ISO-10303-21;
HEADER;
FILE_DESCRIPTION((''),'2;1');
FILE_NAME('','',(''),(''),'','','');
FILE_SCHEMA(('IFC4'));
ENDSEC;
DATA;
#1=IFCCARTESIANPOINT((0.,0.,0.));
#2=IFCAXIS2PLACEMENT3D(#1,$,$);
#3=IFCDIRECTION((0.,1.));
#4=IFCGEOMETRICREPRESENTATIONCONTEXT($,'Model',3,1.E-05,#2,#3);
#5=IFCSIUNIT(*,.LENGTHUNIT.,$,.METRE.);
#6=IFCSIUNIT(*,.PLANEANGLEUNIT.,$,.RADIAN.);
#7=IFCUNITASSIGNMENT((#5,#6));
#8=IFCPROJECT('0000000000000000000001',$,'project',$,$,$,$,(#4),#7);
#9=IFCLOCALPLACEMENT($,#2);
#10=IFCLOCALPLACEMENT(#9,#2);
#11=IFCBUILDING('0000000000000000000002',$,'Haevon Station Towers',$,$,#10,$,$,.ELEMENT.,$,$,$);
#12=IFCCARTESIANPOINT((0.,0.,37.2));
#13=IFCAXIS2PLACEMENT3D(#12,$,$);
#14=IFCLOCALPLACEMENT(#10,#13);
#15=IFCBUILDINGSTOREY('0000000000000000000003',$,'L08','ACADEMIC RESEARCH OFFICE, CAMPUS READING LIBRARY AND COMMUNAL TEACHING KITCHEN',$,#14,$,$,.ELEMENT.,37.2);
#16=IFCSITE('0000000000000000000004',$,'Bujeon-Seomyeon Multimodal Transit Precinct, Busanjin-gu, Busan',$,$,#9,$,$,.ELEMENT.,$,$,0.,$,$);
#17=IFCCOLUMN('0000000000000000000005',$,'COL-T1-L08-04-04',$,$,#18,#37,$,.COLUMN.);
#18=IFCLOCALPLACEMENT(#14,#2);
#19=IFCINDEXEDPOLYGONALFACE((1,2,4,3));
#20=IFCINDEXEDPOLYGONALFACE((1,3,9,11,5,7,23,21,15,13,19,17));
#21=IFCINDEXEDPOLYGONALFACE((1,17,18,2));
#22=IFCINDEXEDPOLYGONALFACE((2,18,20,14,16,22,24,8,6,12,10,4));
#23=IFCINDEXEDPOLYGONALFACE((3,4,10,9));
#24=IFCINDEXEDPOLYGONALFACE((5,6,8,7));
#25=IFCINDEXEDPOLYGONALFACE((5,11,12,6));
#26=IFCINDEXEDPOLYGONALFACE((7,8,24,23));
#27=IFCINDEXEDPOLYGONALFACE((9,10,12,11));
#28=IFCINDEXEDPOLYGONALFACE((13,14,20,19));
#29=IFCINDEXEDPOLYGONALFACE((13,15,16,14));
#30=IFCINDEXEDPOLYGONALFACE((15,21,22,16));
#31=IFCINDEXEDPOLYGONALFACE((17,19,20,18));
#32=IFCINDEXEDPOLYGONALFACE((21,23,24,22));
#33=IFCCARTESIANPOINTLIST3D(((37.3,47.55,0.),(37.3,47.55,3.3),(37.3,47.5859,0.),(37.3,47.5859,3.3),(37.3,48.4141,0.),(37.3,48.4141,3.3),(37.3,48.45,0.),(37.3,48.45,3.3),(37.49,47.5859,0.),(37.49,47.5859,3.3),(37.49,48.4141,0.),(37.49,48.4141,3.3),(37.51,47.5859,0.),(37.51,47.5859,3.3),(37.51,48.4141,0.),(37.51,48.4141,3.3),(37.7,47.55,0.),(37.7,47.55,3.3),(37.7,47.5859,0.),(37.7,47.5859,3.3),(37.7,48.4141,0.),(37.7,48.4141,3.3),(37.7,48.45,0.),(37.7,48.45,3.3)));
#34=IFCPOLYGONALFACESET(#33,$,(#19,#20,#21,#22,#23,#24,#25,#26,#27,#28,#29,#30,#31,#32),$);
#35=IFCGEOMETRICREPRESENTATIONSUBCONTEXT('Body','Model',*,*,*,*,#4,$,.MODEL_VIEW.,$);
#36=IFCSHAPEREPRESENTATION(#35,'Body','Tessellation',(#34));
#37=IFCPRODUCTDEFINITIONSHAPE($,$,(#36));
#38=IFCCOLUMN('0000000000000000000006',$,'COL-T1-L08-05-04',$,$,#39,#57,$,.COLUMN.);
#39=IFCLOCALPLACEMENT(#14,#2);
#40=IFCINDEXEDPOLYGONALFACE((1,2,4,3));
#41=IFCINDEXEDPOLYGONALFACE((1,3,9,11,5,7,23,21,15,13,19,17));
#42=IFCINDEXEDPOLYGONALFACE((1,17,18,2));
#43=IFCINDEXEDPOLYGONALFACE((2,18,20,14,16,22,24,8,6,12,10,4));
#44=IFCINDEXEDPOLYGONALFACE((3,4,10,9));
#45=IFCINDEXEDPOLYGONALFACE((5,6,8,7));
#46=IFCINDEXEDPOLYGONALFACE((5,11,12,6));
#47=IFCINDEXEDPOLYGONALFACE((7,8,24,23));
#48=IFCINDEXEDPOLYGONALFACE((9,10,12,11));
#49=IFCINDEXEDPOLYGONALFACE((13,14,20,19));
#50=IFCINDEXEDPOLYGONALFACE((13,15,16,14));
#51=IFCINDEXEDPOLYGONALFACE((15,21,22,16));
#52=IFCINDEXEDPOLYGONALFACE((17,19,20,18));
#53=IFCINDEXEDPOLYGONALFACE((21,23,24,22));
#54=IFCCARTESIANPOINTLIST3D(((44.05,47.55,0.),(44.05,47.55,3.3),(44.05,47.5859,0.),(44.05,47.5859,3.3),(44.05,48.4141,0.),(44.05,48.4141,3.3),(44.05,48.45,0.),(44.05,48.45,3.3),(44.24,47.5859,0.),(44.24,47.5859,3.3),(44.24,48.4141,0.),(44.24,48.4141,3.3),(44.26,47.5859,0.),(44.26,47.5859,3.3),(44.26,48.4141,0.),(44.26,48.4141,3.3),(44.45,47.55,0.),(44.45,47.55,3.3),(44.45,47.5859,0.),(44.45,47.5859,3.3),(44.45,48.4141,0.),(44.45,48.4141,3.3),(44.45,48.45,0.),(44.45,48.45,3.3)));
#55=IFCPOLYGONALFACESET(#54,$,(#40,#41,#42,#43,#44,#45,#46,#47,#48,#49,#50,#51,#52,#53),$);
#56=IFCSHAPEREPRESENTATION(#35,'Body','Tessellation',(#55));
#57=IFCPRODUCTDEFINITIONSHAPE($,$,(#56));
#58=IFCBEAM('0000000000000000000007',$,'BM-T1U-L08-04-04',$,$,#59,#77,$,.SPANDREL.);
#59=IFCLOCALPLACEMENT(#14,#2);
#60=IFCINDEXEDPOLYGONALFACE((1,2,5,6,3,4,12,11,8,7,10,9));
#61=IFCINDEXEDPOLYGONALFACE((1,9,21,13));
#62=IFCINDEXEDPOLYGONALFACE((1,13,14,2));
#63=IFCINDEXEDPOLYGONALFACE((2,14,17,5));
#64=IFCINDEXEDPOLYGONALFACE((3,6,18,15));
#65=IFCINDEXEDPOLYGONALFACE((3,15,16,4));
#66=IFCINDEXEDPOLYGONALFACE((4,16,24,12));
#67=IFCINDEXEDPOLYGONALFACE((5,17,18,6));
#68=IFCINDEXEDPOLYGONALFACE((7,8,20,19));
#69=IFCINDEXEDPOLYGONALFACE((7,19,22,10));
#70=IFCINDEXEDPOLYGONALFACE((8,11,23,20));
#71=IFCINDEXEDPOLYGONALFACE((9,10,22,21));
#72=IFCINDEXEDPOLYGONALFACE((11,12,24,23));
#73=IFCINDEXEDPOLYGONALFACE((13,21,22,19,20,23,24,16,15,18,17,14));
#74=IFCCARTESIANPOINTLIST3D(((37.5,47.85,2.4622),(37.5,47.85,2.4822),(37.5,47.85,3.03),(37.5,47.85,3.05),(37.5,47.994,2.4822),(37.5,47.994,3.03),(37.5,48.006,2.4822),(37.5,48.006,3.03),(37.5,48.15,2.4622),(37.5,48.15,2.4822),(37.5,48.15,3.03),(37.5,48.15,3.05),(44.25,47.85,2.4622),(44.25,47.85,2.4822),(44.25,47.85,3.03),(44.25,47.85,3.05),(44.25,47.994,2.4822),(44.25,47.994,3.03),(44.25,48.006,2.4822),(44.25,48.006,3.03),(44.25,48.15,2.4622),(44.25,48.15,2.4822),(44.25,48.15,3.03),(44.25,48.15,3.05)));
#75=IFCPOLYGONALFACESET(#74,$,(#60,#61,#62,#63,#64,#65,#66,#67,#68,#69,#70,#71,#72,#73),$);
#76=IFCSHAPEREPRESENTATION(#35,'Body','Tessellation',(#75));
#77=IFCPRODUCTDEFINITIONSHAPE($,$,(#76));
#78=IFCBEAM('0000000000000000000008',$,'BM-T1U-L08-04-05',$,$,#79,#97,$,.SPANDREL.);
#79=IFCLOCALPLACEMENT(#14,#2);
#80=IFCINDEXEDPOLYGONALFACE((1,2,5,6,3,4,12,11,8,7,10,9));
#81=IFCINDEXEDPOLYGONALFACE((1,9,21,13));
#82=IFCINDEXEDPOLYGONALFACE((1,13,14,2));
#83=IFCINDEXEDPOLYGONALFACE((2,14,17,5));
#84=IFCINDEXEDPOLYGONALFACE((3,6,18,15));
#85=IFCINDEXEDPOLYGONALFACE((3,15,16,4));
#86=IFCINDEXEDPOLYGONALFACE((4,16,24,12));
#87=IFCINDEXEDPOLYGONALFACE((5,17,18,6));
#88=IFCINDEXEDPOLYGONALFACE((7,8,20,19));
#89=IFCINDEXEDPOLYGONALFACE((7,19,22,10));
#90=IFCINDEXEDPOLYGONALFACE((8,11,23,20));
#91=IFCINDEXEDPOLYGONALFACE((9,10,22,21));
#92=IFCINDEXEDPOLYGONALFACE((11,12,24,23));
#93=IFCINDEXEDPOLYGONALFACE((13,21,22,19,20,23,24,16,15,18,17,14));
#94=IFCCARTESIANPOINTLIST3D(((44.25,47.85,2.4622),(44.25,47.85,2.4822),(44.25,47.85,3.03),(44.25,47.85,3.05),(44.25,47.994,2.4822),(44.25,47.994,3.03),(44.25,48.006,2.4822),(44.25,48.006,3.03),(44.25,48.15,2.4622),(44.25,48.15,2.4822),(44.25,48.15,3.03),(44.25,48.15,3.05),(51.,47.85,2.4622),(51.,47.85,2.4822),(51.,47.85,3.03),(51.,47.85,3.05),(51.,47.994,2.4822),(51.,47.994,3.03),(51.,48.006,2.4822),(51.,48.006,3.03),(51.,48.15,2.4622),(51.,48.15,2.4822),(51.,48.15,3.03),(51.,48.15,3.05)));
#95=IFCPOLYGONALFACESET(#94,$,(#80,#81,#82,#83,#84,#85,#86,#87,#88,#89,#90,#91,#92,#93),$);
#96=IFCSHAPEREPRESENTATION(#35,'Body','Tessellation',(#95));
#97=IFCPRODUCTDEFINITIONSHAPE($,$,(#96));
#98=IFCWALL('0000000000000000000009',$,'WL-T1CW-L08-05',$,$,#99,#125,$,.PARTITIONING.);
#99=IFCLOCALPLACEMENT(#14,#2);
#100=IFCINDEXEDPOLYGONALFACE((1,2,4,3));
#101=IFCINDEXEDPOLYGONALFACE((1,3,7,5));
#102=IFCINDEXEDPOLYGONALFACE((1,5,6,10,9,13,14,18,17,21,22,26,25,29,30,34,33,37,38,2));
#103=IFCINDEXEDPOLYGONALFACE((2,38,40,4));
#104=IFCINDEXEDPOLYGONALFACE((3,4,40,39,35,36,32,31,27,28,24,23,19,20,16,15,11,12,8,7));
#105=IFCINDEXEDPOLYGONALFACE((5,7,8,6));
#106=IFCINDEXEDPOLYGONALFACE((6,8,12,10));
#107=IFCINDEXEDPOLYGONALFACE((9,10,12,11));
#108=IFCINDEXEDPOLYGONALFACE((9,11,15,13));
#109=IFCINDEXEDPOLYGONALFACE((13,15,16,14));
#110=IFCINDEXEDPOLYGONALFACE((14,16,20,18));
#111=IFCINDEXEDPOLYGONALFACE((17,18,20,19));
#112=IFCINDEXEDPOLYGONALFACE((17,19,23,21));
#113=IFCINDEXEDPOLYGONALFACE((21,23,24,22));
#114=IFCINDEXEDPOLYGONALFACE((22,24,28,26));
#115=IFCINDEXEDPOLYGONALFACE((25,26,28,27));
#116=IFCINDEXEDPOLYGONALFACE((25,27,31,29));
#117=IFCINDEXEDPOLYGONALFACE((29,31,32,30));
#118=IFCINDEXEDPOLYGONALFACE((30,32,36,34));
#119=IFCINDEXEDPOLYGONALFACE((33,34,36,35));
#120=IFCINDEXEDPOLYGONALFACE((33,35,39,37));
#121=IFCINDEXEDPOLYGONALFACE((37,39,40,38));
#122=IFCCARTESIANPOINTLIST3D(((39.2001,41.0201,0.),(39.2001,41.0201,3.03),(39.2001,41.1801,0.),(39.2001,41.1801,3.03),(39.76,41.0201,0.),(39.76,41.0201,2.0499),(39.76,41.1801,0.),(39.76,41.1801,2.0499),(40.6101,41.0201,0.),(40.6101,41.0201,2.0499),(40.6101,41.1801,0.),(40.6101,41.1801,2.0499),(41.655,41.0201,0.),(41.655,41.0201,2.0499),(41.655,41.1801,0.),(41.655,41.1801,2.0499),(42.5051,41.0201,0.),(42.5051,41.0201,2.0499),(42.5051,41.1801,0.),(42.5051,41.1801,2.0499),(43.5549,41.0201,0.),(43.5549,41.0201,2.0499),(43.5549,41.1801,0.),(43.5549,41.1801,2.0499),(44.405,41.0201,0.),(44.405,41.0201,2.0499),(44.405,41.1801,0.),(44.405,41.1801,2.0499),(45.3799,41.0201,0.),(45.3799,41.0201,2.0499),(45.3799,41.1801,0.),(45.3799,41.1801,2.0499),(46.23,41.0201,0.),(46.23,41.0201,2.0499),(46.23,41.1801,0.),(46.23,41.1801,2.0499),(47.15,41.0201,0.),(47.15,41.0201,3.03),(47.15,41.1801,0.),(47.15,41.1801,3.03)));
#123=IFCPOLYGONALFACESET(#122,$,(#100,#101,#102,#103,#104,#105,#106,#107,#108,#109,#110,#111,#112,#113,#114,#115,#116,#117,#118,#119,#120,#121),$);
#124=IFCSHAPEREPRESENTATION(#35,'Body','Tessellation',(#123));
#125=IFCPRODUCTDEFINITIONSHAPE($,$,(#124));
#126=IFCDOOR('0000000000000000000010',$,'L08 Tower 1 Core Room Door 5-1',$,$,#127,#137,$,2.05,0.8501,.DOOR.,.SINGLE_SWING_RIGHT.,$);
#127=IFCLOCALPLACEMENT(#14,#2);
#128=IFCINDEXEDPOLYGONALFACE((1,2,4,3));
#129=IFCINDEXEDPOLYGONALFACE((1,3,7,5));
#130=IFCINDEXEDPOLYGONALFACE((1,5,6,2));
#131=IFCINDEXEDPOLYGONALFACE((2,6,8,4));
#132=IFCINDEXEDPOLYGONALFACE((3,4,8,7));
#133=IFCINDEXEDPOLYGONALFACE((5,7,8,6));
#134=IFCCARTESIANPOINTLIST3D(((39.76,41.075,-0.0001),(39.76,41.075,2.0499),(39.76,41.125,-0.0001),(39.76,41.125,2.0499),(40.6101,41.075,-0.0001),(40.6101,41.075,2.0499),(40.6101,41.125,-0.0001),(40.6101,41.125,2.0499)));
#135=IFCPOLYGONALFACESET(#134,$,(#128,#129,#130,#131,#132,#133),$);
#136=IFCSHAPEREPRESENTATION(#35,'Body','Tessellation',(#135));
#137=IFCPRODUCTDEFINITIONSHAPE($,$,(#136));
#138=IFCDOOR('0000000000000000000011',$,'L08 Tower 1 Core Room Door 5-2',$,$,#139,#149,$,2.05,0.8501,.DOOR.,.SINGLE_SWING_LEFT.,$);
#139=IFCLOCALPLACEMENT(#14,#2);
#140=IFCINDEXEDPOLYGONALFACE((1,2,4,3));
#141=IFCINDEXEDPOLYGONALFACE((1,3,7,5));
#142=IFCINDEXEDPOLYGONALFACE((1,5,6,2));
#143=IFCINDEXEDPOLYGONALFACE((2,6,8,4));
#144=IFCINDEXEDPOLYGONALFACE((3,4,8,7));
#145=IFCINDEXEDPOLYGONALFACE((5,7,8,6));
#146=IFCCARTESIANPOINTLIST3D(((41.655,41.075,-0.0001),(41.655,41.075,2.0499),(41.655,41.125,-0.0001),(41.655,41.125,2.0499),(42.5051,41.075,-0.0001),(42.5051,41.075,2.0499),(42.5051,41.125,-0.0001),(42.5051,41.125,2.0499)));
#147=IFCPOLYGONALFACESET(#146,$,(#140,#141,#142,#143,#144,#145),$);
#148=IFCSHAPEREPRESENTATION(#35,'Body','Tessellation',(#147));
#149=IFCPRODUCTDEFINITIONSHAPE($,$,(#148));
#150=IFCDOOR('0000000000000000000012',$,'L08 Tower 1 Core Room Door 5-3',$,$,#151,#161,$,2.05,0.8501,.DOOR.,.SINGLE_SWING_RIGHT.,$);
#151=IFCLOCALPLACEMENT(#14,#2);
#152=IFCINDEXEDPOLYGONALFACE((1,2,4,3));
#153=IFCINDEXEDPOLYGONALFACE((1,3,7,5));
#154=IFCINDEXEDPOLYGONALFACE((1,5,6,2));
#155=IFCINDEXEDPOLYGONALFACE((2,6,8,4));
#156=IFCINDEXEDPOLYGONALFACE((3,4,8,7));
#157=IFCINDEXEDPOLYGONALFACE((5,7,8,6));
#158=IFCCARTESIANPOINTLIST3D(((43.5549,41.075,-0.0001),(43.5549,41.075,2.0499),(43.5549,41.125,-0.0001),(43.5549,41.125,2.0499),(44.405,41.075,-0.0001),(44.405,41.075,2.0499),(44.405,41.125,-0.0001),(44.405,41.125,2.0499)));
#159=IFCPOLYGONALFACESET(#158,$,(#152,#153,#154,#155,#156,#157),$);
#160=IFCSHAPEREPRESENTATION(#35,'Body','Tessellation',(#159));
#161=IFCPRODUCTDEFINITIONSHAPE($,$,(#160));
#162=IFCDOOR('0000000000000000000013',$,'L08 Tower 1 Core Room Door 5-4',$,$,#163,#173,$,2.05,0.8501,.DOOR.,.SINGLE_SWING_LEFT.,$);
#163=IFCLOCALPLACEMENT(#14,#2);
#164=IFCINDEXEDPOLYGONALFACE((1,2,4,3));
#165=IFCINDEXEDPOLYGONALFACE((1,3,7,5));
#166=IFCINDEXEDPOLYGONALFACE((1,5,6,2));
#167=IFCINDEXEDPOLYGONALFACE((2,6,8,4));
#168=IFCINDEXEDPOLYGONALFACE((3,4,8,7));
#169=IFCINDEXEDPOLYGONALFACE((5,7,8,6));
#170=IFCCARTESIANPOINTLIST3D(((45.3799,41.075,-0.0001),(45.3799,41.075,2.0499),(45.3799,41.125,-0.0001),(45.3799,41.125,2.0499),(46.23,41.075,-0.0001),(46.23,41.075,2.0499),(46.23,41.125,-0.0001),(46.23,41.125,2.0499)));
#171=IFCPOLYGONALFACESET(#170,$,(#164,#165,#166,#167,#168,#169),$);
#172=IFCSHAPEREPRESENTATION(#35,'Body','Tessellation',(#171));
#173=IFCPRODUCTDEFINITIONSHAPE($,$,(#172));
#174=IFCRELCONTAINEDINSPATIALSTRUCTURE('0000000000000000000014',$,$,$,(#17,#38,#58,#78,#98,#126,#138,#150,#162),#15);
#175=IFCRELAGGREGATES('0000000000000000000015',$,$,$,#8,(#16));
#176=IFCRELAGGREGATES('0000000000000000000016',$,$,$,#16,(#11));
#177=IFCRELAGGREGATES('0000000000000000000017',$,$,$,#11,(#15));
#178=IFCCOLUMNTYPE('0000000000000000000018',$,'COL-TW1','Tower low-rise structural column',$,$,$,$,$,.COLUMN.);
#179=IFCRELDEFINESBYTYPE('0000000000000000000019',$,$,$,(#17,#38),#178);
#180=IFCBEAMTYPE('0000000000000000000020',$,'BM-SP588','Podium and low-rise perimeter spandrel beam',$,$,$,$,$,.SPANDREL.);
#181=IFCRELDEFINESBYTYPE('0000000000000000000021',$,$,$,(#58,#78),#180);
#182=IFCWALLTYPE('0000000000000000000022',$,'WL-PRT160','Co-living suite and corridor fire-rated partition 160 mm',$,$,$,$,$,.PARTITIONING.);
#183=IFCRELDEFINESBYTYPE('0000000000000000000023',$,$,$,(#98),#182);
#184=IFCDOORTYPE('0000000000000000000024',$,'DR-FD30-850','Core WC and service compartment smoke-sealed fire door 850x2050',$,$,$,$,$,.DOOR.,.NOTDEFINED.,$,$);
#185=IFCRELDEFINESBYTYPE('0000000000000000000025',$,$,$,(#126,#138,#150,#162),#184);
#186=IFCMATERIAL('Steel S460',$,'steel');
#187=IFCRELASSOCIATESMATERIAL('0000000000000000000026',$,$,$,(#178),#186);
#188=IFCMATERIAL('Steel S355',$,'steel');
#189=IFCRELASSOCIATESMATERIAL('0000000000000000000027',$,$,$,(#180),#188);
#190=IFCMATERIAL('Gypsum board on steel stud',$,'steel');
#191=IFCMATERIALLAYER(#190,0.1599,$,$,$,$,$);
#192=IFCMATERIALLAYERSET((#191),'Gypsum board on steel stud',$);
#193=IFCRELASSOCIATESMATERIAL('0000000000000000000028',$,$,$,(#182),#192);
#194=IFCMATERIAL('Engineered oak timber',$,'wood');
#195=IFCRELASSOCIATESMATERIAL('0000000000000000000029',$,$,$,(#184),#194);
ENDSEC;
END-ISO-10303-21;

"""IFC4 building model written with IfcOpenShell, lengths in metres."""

from ifc_helpers import new_model, si_unit, direction, frame, frame_2d, origin, origin_2d, place, context, subcontext, project, spatial, rectangle, i_section, extrude, material, layer, layer_set, material_profile, profile_set, type_object, element, fill, save


model = new_model("IFC4")

# Units and contexts
model_context = context("Model", 3, precision=1e-05, world=origin(), true_north=direction((0.0, 1.0)))
body_context = subcontext(model_context, "Body", "Model", "MODEL_VIEW")
ifc_project = project(units=[si_unit("LENGTHUNIT", "METRE"), si_unit("PLANEANGLEUNIT", "RADIAN")], contexts=[model_context])

# Site, building, storey
site_placement = place(None, origin())
site = spatial("IfcSite", under=ifc_project, at=site_placement, Name="Bujeon-Seomyeon Multimodal Transit Precinct, Busanjin-gu, Busan", CompositionType="ELEMENT", RefElevation=0.0)
building_placement = place(site_placement, origin())
building = spatial("IfcBuilding", under=site, at=building_placement, Name="Haevon Station Towers", CompositionType="ELEMENT")
storey_placement = place(building_placement, frame((0.0, 0.0, 37.2)))
storey = spatial("IfcBuildingStorey", under=building, at=storey_placement, Name="L08", Description="ACADEMIC RESEARCH OFFICE, CAMPUS READING LIBRARY AND COMMUNAL TEACHING KITCHEN", CompositionType="ELEMENT", Elevation=37.2)

# Columns
ifc_material_1 = material(Name="Steel S460", Category="steel")
ifc_material_profile_1 = material_profile(ifc_material_1, i_section(OverallWidth=0.3999, OverallDepth=0.8999, WebThickness=0.02, FlangeThickness=0.0359, at=origin_2d()), Name="H-900x400x20x36")
ifc_profile_set_1 = profile_set([ifc_material_profile_1], Name="Steel S460")
column_type = type_object("IfcColumnType", Name="COL-TW1", Description="Tower low-rise structural column", PredefinedType="COLUMN", material=ifc_profile_set_1)
for number, where, z_axis, x_axis, name in (
    (1, (37.5, 48.0, 0.0), (0.0, 0.0, 1.0), (1.0, 0.0, 0.0), "COL-T1-L08-04-04"),
    (2, (44.25, 48.0, 0.0), (0.0, 0.0, 1.0), (1.0, 0.0, 0.0), "COL-T1-L08-05-04"),
):
    element("IfcColumn", number, at=place(storey_placement, frame(where, z_axis=z_axis, x_axis=x_axis)), inside=storey, type_object=column_type, Name=name, PredefinedType="COLUMN", context=body_context, shape_type="SweptSolid", body=[
        extrude(i_section(OverallWidth=0.3999, OverallDepth=0.8999, WebThickness=0.02, FlangeThickness=0.0359, at=origin_2d()), origin(), (0.0, 0.0, 1.0), 3.3),
    ])

# Beams
ifc_material_2 = material(Name="Steel S355", Category="steel")
ifc_material_profile_2 = material_profile(ifc_material_2, i_section(OverallWidth=0.3, OverallDepth=0.5879, WebThickness=0.012, FlangeThickness=0.02, at=origin_2d()), Name="H-588x300x12x20")
ifc_profile_set_2 = profile_set([ifc_material_profile_2], Name="Steel S355")
beam_type = type_object("IfcBeamType", Name="BM-SP588", Description="Podium and low-rise perimeter spandrel beam", PredefinedType="SPANDREL", material=ifc_profile_set_2)
for number, where, z_axis, x_axis, name in (
    (3, (37.5, 48.0, 2.7561), (1.0, 0.0, 0.0), (0.0, 1.0, 0.0), "BM-T1U-L08-04-04"),
    (4, (44.25, 48.0, 2.7561), (1.0, 0.0, 0.0), (0.0, 1.0, 0.0), "BM-T1U-L08-04-05"),
):
    element("IfcBeam", number, at=place(storey_placement, frame(where, z_axis=z_axis, x_axis=x_axis)), inside=storey, type_object=beam_type, Name=name, PredefinedType="SPANDREL", context=body_context, shape_type="SweptSolid", body=[
        extrude(i_section(OverallWidth=0.3, OverallDepth=0.5879, WebThickness=0.012, FlangeThickness=0.02, at=origin_2d()), origin(), (0.0, 0.0, 1.0), 6.75),
    ])

# Wall, openings, doors
ifc_material_3 = material(Name="Gypsum board on steel stud", Category="steel")
ifc_layer_1 = layer(ifc_material_3, 0.1599)
ifc_layer_set_1 = layer_set([ifc_layer_1], Name="Gypsum board on steel stud")
wall_type_1 = type_object("IfcWallType", Name="WL-PRT160", Description="Co-living suite and corridor fire-rated partition 160 mm", PredefinedType="PARTITIONING", material=ifc_layer_set_1)
wall_1_placement = place(storey_placement, frame((39.2, 41.1001, 0.0), z_axis=(0.0, 0.0, 1.0), x_axis=(1.0, 0.0, 0.0)))
wall_1 = element("IfcWall", 5, at=wall_1_placement, inside=storey, type_object=wall_type_1, Name="WL-T1CW-L08-05", PredefinedType="PARTITIONING", context=body_context, shape_type="SweptSolid", body=[
    extrude(rectangle(XDim=7.95, YDim=0.1599, at=frame_2d((3.9751, 0.0))), origin(), (0.0, 0.0, 1.0), 3.03),
])
opening_1_placement = place(wall_1_placement, frame((0.5601, 0.0, 0.0)))
opening_1 = element("IfcOpeningElement", 6, at=opening_1_placement, cuts=wall_1, PredefinedType="OPENING", context=body_context, shape_type="SweptSolid", body=[
    extrude(rectangle(XDim=0.8501, YDim=2.05, at=frame_2d((0.425, 1.0249))), frame((0.0, 0.0898, 0.0), z_axis=(0.0, -1.0, 0.0), x_axis=(1.0, 0.0, 0.0)), (0.0, 0.0, 1.0), 0.1799),
])
opening_2_placement = place(wall_1_placement, frame((2.4551, 0.0, 0.0)))
opening_2 = element("IfcOpeningElement", 7, at=opening_2_placement, cuts=wall_1, PredefinedType="OPENING", context=body_context, shape_type="SweptSolid", body=[
    extrude(rectangle(XDim=0.8501, YDim=2.05, at=frame_2d((0.425, 1.0249))), frame((0.0, 0.0898, 0.0), z_axis=(0.0, -1.0, 0.0), x_axis=(1.0, 0.0, 0.0)), (0.0, 0.0, 1.0), 0.1799),
])
opening_3_placement = place(wall_1_placement, frame((4.355, 0.0, 0.0)))
opening_3 = element("IfcOpeningElement", 8, at=opening_3_placement, cuts=wall_1, PredefinedType="OPENING", context=body_context, shape_type="SweptSolid", body=[
    extrude(rectangle(XDim=0.8501, YDim=2.05, at=frame_2d((0.425, 1.0249))), frame((0.0, 0.0898, 0.0), z_axis=(0.0, -1.0, 0.0), x_axis=(1.0, 0.0, 0.0)), (0.0, 0.0, 1.0), 0.1799),
])
opening_4_placement = place(wall_1_placement, frame((6.1799, 0.0, 0.0)))
opening_4 = element("IfcOpeningElement", 9, at=opening_4_placement, cuts=wall_1, PredefinedType="OPENING", context=body_context, shape_type="SweptSolid", body=[
    extrude(rectangle(XDim=0.8501, YDim=2.05, at=frame_2d((0.425, 1.0249))), frame((0.0, 0.0898, 0.0), z_axis=(0.0, -1.0, 0.0), x_axis=(1.0, 0.0, 0.0)), (0.0, 0.0, 1.0), 0.1799),
])
ifc_material_4 = material(Name="Engineered oak timber", Category="wood")
door_type_1 = type_object("IfcDoorType", Name="DR-FD30-850", Description="Core WC and service compartment smoke-sealed fire door 850x2050", OperationType="NOTDEFINED", PredefinedType="DOOR", material=ifc_material_4)
door_1_placement = place(opening_1_placement, origin())
door_1 = element("IfcDoor", 10, at=door_1_placement, inside=storey, type_object=door_type_1, Name="L08 Tower 1 Core Room Door 5-1", OperationType="SINGLE_SWING_RIGHT", OverallHeight=2.05, OverallWidth=0.8501, PredefinedType="DOOR", context=body_context, shape_type="SweptSolid", body=[
    extrude(rectangle(XDim=0.8501, YDim=2.05, at=frame_2d((0.425, 1.0249))), frame((0.0, 0.0249, 0.0), z_axis=(0.0, -1.0, 0.0), x_axis=(1.0, 0.0, 0.0)), (0.0, 0.0, 1.0), 0.05),
])
fill(opening_1, door_1)
door_2_placement = place(opening_2_placement, origin())
door_2 = element("IfcDoor", 11, at=door_2_placement, inside=storey, type_object=door_type_1, Name="L08 Tower 1 Core Room Door 5-2", OperationType="SINGLE_SWING_LEFT", OverallHeight=2.05, OverallWidth=0.8501, PredefinedType="DOOR", context=body_context, shape_type="SweptSolid", body=[
    extrude(rectangle(XDim=0.8501, YDim=2.05, at=frame_2d((0.425, 1.0249))), frame((0.0, 0.0249, 0.0), z_axis=(0.0, -1.0, 0.0), x_axis=(1.0, 0.0, 0.0)), (0.0, 0.0, 1.0), 0.05),
])
fill(opening_2, door_2)
door_3_placement = place(opening_3_placement, origin())
door_3 = element("IfcDoor", 12, at=door_3_placement, inside=storey, type_object=door_type_1, Name="L08 Tower 1 Core Room Door 5-3", OperationType="SINGLE_SWING_RIGHT", OverallHeight=2.05, OverallWidth=0.8501, PredefinedType="DOOR", context=body_context, shape_type="SweptSolid", body=[
    extrude(rectangle(XDim=0.8501, YDim=2.05, at=frame_2d((0.425, 1.0249))), frame((0.0, 0.0249, 0.0), z_axis=(0.0, -1.0, 0.0), x_axis=(1.0, 0.0, 0.0)), (0.0, 0.0, 1.0), 0.05),
])
fill(opening_3, door_3)
door_4_placement = place(opening_4_placement, origin())
door_4 = element("IfcDoor", 13, at=door_4_placement, inside=storey, type_object=door_type_1, Name="L08 Tower 1 Core Room Door 5-4", OperationType="SINGLE_SWING_LEFT", OverallHeight=2.05, OverallWidth=0.8501, PredefinedType="DOOR", context=body_context, shape_type="SweptSolid", body=[
    extrude(rectangle(XDim=0.8501, YDim=2.05, at=frame_2d((0.425, 1.0249))), frame((0.0, 0.0249, 0.0), z_axis=(0.0, -1.0, 0.0), x_axis=(1.0, 0.0, 0.0)), (0.0, 0.0, 1.0), 0.05),
])
fill(opening_4, door_4)

save(model, "model.ifc")
